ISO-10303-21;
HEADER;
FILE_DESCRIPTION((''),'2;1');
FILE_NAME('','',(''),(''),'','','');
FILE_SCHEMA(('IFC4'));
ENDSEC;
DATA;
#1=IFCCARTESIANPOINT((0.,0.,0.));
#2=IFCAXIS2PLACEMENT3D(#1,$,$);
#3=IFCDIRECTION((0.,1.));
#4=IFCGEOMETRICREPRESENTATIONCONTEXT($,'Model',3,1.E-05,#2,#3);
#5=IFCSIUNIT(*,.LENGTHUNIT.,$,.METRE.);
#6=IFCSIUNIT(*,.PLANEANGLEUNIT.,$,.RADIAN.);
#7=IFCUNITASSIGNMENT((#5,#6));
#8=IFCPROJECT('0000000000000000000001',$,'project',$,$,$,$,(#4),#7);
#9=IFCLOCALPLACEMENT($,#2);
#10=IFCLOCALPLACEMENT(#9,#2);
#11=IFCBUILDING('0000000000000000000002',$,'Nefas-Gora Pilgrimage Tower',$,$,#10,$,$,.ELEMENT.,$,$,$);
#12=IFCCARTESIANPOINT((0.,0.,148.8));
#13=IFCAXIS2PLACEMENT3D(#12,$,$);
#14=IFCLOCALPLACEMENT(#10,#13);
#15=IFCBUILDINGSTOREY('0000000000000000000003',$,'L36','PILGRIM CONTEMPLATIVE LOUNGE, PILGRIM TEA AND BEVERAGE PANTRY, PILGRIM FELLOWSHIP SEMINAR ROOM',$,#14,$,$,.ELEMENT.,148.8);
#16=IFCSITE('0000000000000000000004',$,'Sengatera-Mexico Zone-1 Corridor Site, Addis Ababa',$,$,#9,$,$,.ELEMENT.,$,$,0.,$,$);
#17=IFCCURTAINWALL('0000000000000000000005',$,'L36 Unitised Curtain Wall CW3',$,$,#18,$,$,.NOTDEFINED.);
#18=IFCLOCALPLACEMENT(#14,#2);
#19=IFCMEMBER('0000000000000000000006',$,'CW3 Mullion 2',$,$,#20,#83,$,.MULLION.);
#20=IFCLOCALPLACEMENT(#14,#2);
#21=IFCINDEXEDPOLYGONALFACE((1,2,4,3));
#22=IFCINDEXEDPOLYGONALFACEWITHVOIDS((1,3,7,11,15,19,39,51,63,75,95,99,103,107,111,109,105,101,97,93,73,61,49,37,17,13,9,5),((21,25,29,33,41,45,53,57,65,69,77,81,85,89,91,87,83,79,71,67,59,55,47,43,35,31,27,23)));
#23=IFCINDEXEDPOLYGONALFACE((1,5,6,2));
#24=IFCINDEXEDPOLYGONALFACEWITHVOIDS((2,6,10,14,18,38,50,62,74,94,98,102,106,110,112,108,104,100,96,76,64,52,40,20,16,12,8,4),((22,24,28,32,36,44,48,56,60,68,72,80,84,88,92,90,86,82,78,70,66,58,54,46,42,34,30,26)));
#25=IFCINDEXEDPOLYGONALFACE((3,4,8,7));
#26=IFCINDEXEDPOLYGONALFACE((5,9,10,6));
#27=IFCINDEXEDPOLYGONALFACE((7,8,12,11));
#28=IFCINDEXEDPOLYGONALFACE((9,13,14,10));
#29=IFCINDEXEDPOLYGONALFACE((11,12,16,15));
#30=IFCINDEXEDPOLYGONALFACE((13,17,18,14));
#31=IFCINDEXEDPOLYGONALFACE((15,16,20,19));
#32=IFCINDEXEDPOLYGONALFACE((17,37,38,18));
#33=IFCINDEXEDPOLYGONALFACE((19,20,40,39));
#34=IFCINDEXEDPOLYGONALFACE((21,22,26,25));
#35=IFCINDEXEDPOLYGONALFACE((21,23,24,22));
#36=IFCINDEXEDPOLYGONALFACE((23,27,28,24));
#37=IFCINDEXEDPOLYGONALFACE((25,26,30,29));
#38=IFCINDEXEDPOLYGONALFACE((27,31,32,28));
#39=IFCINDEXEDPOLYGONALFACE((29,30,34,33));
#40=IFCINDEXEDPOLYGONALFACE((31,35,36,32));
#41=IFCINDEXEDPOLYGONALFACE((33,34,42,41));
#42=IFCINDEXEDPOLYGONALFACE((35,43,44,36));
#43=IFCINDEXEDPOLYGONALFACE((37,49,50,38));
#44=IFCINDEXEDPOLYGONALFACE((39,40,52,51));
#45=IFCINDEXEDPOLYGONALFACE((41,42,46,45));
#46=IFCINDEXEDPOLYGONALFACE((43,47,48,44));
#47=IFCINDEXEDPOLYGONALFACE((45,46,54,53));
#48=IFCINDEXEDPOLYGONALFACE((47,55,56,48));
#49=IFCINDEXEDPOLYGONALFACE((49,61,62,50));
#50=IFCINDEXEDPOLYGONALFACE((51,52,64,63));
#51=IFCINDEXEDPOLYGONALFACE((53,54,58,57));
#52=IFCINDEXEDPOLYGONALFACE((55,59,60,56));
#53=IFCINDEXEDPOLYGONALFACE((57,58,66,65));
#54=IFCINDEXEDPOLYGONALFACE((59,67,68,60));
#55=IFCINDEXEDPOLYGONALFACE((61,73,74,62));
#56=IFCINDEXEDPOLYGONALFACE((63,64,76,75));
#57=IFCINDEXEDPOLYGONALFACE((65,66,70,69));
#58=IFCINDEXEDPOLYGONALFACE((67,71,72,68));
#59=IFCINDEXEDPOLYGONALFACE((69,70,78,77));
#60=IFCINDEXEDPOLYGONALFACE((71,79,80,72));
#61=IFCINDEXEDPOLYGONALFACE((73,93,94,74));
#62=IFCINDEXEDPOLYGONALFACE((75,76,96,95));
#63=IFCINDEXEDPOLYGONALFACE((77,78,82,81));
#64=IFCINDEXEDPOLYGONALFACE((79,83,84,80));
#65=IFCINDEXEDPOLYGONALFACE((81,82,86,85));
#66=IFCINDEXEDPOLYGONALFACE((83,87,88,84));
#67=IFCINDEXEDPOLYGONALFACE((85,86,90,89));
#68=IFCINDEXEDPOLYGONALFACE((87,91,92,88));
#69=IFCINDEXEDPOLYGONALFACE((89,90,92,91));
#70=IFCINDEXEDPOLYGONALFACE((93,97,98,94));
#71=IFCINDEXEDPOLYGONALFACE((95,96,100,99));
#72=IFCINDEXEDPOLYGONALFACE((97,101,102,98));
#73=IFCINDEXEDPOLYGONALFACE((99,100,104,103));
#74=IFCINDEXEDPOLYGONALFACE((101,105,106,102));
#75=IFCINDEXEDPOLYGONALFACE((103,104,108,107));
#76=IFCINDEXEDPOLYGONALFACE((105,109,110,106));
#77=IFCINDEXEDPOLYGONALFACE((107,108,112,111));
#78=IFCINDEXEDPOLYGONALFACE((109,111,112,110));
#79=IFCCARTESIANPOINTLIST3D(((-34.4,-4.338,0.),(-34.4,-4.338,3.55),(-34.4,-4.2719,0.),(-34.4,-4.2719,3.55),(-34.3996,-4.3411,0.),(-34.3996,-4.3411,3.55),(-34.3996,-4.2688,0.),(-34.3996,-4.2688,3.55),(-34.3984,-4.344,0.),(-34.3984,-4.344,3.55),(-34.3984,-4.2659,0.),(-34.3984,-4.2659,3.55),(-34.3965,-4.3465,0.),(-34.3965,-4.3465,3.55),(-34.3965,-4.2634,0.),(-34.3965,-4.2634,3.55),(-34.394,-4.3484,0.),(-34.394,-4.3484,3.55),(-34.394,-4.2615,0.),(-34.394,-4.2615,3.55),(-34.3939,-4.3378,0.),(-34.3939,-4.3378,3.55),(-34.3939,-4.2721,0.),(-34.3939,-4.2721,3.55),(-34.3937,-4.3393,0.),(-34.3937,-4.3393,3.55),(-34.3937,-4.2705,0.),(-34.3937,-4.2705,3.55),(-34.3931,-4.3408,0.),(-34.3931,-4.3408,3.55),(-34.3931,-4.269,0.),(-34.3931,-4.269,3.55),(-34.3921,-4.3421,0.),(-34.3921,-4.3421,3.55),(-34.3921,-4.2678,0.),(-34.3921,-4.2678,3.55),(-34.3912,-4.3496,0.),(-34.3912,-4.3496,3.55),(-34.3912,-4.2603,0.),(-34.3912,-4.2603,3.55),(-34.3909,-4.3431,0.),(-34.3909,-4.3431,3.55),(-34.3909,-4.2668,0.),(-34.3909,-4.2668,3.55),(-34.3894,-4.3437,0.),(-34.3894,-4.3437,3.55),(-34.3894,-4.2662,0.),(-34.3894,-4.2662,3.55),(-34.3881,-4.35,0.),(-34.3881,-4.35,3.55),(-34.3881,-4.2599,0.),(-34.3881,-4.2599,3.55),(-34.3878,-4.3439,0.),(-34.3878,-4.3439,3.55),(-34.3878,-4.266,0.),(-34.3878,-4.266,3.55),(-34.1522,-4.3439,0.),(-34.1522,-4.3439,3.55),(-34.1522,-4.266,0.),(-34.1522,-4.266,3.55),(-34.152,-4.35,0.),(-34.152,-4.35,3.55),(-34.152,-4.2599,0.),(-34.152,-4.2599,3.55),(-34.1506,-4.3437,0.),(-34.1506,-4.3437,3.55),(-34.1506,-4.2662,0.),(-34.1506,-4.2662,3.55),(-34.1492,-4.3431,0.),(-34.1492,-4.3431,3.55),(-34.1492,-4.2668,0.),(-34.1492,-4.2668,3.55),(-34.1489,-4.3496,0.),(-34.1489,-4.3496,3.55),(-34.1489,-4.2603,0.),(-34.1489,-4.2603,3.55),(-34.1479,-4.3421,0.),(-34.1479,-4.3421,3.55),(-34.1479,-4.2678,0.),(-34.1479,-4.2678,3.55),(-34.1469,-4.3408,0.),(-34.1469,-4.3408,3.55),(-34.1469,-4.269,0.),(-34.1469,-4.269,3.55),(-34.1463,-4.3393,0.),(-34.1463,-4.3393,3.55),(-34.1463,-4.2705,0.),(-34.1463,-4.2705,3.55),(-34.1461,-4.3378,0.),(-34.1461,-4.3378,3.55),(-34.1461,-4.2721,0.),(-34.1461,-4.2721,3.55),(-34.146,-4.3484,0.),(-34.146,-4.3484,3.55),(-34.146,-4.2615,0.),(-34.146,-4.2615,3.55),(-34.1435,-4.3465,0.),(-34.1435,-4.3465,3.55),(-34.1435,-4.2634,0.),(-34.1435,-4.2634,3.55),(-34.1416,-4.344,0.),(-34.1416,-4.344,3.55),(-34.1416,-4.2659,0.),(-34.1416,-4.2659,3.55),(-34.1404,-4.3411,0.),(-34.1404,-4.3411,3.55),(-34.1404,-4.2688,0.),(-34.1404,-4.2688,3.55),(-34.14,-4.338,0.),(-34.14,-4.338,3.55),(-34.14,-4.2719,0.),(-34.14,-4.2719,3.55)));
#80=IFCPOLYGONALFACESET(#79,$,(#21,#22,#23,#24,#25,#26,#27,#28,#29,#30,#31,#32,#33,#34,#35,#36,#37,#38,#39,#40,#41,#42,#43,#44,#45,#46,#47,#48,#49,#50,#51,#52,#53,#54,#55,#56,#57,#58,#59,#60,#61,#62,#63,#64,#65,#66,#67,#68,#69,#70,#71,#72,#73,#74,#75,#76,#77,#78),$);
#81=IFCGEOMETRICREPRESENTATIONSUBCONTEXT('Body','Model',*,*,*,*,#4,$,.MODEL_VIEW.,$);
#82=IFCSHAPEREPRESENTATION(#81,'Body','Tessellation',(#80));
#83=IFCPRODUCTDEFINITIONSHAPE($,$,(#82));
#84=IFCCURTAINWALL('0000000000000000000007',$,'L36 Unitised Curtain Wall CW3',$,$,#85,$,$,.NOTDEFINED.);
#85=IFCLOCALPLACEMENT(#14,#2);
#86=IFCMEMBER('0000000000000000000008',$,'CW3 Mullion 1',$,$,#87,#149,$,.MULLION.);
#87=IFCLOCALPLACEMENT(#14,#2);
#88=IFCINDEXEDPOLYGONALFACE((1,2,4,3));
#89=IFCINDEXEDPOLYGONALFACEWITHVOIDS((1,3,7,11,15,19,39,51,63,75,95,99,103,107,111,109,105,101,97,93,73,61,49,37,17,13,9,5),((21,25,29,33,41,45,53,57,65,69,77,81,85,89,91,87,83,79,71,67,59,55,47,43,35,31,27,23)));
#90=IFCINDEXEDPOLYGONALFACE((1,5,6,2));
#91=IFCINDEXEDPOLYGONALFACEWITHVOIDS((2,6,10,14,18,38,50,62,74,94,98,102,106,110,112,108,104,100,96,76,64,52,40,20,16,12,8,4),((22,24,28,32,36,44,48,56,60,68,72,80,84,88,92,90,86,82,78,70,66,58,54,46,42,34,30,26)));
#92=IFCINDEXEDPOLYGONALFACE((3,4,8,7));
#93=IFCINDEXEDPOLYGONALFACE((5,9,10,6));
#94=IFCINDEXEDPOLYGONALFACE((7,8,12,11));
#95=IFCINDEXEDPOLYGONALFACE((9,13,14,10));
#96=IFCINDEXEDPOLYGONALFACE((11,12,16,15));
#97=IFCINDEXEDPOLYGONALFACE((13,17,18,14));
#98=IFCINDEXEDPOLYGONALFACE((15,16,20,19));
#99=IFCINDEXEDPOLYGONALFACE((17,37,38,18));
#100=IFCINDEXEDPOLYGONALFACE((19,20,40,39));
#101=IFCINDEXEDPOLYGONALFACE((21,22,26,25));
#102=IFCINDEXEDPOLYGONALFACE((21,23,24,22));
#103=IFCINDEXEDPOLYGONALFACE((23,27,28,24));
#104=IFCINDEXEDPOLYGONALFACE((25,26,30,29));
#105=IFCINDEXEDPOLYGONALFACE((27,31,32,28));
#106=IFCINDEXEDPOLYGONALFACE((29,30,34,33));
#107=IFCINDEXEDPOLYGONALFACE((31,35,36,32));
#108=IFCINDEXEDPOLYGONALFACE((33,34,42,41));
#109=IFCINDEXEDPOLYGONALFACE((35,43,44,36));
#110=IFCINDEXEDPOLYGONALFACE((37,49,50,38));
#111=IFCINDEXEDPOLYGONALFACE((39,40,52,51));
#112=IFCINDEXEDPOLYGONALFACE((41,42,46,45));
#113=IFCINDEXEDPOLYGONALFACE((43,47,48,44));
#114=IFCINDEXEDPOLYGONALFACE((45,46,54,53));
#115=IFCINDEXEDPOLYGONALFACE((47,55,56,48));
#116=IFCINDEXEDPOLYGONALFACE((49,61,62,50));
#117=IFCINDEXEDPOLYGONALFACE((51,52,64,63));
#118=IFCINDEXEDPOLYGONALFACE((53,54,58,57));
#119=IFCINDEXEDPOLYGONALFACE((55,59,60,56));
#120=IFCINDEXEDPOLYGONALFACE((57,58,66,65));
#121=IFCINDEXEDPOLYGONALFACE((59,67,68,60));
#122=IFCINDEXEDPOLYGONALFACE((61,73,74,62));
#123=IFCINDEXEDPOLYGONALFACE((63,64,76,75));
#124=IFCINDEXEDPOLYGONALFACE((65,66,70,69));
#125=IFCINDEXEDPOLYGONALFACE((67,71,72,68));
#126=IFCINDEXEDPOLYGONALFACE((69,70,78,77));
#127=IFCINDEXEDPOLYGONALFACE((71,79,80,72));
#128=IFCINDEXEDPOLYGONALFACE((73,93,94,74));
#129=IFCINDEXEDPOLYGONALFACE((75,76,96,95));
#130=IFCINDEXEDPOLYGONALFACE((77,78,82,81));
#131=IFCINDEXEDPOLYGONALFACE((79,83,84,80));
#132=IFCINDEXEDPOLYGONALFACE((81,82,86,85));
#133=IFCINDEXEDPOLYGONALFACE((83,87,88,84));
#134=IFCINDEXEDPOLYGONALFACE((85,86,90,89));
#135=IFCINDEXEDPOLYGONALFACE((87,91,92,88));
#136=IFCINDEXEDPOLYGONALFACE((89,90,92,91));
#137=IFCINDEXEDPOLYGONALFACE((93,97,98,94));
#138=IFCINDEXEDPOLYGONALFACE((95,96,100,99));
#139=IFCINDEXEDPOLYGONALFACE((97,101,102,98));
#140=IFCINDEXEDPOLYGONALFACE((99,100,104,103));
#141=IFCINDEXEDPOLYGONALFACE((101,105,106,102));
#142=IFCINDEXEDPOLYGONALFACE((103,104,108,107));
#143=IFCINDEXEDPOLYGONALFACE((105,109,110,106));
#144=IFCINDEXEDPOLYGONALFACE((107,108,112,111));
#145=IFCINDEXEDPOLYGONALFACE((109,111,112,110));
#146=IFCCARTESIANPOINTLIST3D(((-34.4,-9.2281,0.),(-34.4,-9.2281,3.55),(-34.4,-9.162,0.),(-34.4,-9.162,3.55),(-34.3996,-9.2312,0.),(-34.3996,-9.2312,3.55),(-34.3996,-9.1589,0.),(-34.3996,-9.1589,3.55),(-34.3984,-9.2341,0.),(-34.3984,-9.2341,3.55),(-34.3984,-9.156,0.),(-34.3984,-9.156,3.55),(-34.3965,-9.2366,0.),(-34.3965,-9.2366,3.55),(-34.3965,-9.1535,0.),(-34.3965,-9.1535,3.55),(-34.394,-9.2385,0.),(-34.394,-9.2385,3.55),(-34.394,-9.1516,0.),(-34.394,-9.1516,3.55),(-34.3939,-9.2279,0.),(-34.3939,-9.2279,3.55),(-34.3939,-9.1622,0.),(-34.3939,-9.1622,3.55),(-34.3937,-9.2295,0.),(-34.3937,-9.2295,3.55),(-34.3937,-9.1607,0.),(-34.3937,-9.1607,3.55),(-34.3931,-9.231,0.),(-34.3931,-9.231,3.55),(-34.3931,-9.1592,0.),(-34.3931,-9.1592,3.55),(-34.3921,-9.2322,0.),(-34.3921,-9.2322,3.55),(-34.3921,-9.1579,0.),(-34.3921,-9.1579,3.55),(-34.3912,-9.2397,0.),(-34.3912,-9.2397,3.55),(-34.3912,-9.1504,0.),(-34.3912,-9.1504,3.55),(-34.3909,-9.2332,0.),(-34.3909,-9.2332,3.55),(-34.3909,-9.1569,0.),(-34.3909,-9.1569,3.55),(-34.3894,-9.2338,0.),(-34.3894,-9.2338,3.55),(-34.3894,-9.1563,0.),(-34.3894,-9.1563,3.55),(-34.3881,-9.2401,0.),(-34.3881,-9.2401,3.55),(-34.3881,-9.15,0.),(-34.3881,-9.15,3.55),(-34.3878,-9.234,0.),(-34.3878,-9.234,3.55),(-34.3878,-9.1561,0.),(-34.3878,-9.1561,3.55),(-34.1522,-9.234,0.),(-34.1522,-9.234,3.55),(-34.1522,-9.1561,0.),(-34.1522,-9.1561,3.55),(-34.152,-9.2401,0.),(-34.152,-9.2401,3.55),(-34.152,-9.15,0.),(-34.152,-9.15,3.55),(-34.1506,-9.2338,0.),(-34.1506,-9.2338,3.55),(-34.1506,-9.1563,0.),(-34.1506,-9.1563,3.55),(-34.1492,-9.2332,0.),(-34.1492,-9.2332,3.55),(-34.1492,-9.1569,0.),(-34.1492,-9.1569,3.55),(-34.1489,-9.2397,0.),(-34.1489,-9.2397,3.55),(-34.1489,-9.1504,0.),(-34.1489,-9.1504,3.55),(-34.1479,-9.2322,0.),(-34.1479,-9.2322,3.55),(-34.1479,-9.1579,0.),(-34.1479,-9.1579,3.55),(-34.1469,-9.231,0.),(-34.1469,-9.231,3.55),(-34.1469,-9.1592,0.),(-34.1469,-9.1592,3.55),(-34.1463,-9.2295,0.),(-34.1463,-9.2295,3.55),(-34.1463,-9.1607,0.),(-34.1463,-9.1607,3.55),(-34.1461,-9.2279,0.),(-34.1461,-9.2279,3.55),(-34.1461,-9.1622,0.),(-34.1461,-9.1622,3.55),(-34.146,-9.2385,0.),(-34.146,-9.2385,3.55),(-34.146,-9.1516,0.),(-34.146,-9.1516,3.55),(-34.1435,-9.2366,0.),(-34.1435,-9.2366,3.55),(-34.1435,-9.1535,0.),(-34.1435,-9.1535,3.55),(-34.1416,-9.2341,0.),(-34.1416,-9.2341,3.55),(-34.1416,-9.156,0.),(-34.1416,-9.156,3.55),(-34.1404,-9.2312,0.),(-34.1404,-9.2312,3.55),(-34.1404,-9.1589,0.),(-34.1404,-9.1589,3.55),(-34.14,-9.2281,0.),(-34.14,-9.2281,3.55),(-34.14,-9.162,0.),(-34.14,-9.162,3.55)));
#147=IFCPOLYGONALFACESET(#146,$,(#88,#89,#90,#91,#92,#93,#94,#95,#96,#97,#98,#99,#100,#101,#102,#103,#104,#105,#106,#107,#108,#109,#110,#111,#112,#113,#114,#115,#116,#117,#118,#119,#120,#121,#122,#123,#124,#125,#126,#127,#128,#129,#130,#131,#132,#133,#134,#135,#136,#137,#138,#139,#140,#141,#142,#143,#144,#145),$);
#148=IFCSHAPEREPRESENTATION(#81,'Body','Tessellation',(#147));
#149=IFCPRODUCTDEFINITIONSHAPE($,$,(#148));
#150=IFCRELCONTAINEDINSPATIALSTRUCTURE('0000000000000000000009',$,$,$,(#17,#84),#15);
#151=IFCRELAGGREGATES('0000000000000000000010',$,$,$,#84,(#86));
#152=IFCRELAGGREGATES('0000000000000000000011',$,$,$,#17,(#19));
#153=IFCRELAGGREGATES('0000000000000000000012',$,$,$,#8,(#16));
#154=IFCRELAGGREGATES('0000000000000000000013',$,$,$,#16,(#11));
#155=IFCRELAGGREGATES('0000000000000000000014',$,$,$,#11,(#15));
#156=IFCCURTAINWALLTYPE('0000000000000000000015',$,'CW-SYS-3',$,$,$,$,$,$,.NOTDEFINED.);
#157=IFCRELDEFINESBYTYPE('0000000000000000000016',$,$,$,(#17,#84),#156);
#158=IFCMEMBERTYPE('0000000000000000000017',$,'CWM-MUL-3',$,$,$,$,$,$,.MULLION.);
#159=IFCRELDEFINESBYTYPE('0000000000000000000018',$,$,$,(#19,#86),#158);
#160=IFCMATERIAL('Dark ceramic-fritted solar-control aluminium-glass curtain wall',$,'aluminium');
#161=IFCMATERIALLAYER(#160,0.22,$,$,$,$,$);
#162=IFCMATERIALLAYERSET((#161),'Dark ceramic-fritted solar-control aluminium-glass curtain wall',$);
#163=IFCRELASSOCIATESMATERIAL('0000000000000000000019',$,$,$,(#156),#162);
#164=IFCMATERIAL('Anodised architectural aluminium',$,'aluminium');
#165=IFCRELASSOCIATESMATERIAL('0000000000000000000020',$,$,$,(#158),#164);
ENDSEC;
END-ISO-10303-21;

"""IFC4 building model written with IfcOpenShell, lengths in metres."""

from ifc_helpers import new_model, si_unit, direction, frame, origin, origin_2d, place, context, subcontext, project, spatial, hollow_rectangle, extrude, source, transform, mapped, material, layer, layer_set, material_profile, profile_set, type_object, element, aggregate, save


model = new_model("IFC4")

# Units and contexts
model_context = context("Model", 3, precision=1e-05, world=origin(), true_north=direction((0.0, 1.0)))
body_context = subcontext(model_context, "Body", "Model", "MODEL_VIEW")
ifc_project = project(units=[si_unit("LENGTHUNIT", "METRE"), si_unit("PLANEANGLEUNIT", "RADIAN")], contexts=[model_context])

# Site, building, storey
site_placement = place(None, origin())
site = spatial("IfcSite", under=ifc_project, at=site_placement, Name="Sengatera-Mexico Zone-1 Corridor Site, Addis Ababa", CompositionType="ELEMENT", RefElevation=0.0)
building_placement = place(site_placement, origin())
building = spatial("IfcBuilding", under=site, at=building_placement, Name="Nefas-Gora Pilgrimage Tower", CompositionType="ELEMENT")
storey_placement = place(building_placement, frame((0.0, 0.0, 148.8)))
storey = spatial("IfcBuildingStorey", under=building, at=storey_placement, Name="L36", Description="PILGRIM CONTEMPLATIVE LOUNGE, PILGRIM TEA AND BEVERAGE PANTRY, PILGRIM FELLOWSHIP SEMINAR ROOM", CompositionType="ELEMENT", Elevation=148.8)

# Curtain wall, member
ifc_material_1 = material(Name="Dark ceramic-fritted solar-control aluminium-glass curtain wall", Category="aluminium")
ifc_layer_1 = layer(ifc_material_1, 0.22)
ifc_layer_set_1 = layer_set([ifc_layer_1], Name="Dark ceramic-fritted solar-control aluminium-glass curtain wall")
curtain_wall_type = type_object("IfcCurtainWallType", Name="CW-SYS-3", PredefinedType="NOTDEFINED", material=ifc_layer_set_1)
curtain_wall_1_placement = place(storey_placement, origin())
curtain_wall_1 = element("IfcCurtainWall", 1, at=curtain_wall_1_placement, inside=storey, type_object=curtain_wall_type, Name="L36 Unitised Curtain Wall CW3", PredefinedType="NOTDEFINED")
ifc_material_2 = material(Name="Anodised architectural aluminium", Category="aluminium")
ifc_material_profile_1 = material_profile(ifc_material_2, hollow_rectangle(XDim=0.0901, YDim=0.26, WallThickness=0.0061, InnerFilletRadius=0.0061, OuterFilletRadius=0.012, at=origin_2d()), Name="ALU MULLION 90x260")
ifc_profile_set_1 = profile_set([ifc_material_profile_1], Name="Anodised architectural aluminium")
member_type_1 = type_object("IfcMemberType", Name="CWM-MUL-3", PredefinedType="MULLION", material=ifc_profile_set_1)
shared_shape_1 = source(origin(), body_context, "Body", "SweptSolid", [
    extrude(hollow_rectangle(XDim=0.0901, YDim=0.26, WallThickness=0.0061, InnerFilletRadius=0.0061, OuterFilletRadius=0.012, at=origin_2d()), origin(), (0.0, 0.0, 1.0), 3.55),
])
member_1_placement = place(storey_placement, frame((-34.27, -4.3049, 0.0), z_axis=(0.0, 0.0, 1.0), x_axis=(0.0, -1.0, 0.0)))
member_1 = element("IfcMember", 2, at=member_1_placement, type_object=member_type_1, Name="CW3 Mullion 2", PredefinedType="MULLION", context=body_context, shape_type="MappedRepresentation", body=[
    mapped(shared_shape_1, transform((0.0, 0.0, 0.0), x_axis=(1.0, 0.0, 0.0), y_axis=(0.0, 1.0, 0.0), z_axis=(0.0, 0.0, 1.0), scale=1.0)),
])

# Curtain wall, member
curtain_wall_2_placement = place(storey_placement, origin())
curtain_wall_2 = element("IfcCurtainWall", 3, at=curtain_wall_2_placement, inside=storey, type_object=curtain_wall_type, Name="L36 Unitised Curtain Wall CW3", PredefinedType="NOTDEFINED")
member_2_placement = place(storey_placement, frame((-34.27, -9.1951, 0.0), z_axis=(0.0, 0.0, 1.0), x_axis=(0.0, -1.0, 0.0)))
member_2 = element("IfcMember", 4, at=member_2_placement, type_object=member_type_1, Name="CW3 Mullion 1", PredefinedType="MULLION", context=body_context, shape_type="MappedRepresentation", body=[
    mapped(shared_shape_1, transform((0.0, 0.0, 0.0), x_axis=(1.0, 0.0, 0.0), y_axis=(0.0, 1.0, 0.0), z_axis=(0.0, 0.0, 1.0), scale=1.0)),
])

aggregate(curtain_wall_2, [member_2])
aggregate(curtain_wall_1, [member_1])

save(model, "model.ifc")
